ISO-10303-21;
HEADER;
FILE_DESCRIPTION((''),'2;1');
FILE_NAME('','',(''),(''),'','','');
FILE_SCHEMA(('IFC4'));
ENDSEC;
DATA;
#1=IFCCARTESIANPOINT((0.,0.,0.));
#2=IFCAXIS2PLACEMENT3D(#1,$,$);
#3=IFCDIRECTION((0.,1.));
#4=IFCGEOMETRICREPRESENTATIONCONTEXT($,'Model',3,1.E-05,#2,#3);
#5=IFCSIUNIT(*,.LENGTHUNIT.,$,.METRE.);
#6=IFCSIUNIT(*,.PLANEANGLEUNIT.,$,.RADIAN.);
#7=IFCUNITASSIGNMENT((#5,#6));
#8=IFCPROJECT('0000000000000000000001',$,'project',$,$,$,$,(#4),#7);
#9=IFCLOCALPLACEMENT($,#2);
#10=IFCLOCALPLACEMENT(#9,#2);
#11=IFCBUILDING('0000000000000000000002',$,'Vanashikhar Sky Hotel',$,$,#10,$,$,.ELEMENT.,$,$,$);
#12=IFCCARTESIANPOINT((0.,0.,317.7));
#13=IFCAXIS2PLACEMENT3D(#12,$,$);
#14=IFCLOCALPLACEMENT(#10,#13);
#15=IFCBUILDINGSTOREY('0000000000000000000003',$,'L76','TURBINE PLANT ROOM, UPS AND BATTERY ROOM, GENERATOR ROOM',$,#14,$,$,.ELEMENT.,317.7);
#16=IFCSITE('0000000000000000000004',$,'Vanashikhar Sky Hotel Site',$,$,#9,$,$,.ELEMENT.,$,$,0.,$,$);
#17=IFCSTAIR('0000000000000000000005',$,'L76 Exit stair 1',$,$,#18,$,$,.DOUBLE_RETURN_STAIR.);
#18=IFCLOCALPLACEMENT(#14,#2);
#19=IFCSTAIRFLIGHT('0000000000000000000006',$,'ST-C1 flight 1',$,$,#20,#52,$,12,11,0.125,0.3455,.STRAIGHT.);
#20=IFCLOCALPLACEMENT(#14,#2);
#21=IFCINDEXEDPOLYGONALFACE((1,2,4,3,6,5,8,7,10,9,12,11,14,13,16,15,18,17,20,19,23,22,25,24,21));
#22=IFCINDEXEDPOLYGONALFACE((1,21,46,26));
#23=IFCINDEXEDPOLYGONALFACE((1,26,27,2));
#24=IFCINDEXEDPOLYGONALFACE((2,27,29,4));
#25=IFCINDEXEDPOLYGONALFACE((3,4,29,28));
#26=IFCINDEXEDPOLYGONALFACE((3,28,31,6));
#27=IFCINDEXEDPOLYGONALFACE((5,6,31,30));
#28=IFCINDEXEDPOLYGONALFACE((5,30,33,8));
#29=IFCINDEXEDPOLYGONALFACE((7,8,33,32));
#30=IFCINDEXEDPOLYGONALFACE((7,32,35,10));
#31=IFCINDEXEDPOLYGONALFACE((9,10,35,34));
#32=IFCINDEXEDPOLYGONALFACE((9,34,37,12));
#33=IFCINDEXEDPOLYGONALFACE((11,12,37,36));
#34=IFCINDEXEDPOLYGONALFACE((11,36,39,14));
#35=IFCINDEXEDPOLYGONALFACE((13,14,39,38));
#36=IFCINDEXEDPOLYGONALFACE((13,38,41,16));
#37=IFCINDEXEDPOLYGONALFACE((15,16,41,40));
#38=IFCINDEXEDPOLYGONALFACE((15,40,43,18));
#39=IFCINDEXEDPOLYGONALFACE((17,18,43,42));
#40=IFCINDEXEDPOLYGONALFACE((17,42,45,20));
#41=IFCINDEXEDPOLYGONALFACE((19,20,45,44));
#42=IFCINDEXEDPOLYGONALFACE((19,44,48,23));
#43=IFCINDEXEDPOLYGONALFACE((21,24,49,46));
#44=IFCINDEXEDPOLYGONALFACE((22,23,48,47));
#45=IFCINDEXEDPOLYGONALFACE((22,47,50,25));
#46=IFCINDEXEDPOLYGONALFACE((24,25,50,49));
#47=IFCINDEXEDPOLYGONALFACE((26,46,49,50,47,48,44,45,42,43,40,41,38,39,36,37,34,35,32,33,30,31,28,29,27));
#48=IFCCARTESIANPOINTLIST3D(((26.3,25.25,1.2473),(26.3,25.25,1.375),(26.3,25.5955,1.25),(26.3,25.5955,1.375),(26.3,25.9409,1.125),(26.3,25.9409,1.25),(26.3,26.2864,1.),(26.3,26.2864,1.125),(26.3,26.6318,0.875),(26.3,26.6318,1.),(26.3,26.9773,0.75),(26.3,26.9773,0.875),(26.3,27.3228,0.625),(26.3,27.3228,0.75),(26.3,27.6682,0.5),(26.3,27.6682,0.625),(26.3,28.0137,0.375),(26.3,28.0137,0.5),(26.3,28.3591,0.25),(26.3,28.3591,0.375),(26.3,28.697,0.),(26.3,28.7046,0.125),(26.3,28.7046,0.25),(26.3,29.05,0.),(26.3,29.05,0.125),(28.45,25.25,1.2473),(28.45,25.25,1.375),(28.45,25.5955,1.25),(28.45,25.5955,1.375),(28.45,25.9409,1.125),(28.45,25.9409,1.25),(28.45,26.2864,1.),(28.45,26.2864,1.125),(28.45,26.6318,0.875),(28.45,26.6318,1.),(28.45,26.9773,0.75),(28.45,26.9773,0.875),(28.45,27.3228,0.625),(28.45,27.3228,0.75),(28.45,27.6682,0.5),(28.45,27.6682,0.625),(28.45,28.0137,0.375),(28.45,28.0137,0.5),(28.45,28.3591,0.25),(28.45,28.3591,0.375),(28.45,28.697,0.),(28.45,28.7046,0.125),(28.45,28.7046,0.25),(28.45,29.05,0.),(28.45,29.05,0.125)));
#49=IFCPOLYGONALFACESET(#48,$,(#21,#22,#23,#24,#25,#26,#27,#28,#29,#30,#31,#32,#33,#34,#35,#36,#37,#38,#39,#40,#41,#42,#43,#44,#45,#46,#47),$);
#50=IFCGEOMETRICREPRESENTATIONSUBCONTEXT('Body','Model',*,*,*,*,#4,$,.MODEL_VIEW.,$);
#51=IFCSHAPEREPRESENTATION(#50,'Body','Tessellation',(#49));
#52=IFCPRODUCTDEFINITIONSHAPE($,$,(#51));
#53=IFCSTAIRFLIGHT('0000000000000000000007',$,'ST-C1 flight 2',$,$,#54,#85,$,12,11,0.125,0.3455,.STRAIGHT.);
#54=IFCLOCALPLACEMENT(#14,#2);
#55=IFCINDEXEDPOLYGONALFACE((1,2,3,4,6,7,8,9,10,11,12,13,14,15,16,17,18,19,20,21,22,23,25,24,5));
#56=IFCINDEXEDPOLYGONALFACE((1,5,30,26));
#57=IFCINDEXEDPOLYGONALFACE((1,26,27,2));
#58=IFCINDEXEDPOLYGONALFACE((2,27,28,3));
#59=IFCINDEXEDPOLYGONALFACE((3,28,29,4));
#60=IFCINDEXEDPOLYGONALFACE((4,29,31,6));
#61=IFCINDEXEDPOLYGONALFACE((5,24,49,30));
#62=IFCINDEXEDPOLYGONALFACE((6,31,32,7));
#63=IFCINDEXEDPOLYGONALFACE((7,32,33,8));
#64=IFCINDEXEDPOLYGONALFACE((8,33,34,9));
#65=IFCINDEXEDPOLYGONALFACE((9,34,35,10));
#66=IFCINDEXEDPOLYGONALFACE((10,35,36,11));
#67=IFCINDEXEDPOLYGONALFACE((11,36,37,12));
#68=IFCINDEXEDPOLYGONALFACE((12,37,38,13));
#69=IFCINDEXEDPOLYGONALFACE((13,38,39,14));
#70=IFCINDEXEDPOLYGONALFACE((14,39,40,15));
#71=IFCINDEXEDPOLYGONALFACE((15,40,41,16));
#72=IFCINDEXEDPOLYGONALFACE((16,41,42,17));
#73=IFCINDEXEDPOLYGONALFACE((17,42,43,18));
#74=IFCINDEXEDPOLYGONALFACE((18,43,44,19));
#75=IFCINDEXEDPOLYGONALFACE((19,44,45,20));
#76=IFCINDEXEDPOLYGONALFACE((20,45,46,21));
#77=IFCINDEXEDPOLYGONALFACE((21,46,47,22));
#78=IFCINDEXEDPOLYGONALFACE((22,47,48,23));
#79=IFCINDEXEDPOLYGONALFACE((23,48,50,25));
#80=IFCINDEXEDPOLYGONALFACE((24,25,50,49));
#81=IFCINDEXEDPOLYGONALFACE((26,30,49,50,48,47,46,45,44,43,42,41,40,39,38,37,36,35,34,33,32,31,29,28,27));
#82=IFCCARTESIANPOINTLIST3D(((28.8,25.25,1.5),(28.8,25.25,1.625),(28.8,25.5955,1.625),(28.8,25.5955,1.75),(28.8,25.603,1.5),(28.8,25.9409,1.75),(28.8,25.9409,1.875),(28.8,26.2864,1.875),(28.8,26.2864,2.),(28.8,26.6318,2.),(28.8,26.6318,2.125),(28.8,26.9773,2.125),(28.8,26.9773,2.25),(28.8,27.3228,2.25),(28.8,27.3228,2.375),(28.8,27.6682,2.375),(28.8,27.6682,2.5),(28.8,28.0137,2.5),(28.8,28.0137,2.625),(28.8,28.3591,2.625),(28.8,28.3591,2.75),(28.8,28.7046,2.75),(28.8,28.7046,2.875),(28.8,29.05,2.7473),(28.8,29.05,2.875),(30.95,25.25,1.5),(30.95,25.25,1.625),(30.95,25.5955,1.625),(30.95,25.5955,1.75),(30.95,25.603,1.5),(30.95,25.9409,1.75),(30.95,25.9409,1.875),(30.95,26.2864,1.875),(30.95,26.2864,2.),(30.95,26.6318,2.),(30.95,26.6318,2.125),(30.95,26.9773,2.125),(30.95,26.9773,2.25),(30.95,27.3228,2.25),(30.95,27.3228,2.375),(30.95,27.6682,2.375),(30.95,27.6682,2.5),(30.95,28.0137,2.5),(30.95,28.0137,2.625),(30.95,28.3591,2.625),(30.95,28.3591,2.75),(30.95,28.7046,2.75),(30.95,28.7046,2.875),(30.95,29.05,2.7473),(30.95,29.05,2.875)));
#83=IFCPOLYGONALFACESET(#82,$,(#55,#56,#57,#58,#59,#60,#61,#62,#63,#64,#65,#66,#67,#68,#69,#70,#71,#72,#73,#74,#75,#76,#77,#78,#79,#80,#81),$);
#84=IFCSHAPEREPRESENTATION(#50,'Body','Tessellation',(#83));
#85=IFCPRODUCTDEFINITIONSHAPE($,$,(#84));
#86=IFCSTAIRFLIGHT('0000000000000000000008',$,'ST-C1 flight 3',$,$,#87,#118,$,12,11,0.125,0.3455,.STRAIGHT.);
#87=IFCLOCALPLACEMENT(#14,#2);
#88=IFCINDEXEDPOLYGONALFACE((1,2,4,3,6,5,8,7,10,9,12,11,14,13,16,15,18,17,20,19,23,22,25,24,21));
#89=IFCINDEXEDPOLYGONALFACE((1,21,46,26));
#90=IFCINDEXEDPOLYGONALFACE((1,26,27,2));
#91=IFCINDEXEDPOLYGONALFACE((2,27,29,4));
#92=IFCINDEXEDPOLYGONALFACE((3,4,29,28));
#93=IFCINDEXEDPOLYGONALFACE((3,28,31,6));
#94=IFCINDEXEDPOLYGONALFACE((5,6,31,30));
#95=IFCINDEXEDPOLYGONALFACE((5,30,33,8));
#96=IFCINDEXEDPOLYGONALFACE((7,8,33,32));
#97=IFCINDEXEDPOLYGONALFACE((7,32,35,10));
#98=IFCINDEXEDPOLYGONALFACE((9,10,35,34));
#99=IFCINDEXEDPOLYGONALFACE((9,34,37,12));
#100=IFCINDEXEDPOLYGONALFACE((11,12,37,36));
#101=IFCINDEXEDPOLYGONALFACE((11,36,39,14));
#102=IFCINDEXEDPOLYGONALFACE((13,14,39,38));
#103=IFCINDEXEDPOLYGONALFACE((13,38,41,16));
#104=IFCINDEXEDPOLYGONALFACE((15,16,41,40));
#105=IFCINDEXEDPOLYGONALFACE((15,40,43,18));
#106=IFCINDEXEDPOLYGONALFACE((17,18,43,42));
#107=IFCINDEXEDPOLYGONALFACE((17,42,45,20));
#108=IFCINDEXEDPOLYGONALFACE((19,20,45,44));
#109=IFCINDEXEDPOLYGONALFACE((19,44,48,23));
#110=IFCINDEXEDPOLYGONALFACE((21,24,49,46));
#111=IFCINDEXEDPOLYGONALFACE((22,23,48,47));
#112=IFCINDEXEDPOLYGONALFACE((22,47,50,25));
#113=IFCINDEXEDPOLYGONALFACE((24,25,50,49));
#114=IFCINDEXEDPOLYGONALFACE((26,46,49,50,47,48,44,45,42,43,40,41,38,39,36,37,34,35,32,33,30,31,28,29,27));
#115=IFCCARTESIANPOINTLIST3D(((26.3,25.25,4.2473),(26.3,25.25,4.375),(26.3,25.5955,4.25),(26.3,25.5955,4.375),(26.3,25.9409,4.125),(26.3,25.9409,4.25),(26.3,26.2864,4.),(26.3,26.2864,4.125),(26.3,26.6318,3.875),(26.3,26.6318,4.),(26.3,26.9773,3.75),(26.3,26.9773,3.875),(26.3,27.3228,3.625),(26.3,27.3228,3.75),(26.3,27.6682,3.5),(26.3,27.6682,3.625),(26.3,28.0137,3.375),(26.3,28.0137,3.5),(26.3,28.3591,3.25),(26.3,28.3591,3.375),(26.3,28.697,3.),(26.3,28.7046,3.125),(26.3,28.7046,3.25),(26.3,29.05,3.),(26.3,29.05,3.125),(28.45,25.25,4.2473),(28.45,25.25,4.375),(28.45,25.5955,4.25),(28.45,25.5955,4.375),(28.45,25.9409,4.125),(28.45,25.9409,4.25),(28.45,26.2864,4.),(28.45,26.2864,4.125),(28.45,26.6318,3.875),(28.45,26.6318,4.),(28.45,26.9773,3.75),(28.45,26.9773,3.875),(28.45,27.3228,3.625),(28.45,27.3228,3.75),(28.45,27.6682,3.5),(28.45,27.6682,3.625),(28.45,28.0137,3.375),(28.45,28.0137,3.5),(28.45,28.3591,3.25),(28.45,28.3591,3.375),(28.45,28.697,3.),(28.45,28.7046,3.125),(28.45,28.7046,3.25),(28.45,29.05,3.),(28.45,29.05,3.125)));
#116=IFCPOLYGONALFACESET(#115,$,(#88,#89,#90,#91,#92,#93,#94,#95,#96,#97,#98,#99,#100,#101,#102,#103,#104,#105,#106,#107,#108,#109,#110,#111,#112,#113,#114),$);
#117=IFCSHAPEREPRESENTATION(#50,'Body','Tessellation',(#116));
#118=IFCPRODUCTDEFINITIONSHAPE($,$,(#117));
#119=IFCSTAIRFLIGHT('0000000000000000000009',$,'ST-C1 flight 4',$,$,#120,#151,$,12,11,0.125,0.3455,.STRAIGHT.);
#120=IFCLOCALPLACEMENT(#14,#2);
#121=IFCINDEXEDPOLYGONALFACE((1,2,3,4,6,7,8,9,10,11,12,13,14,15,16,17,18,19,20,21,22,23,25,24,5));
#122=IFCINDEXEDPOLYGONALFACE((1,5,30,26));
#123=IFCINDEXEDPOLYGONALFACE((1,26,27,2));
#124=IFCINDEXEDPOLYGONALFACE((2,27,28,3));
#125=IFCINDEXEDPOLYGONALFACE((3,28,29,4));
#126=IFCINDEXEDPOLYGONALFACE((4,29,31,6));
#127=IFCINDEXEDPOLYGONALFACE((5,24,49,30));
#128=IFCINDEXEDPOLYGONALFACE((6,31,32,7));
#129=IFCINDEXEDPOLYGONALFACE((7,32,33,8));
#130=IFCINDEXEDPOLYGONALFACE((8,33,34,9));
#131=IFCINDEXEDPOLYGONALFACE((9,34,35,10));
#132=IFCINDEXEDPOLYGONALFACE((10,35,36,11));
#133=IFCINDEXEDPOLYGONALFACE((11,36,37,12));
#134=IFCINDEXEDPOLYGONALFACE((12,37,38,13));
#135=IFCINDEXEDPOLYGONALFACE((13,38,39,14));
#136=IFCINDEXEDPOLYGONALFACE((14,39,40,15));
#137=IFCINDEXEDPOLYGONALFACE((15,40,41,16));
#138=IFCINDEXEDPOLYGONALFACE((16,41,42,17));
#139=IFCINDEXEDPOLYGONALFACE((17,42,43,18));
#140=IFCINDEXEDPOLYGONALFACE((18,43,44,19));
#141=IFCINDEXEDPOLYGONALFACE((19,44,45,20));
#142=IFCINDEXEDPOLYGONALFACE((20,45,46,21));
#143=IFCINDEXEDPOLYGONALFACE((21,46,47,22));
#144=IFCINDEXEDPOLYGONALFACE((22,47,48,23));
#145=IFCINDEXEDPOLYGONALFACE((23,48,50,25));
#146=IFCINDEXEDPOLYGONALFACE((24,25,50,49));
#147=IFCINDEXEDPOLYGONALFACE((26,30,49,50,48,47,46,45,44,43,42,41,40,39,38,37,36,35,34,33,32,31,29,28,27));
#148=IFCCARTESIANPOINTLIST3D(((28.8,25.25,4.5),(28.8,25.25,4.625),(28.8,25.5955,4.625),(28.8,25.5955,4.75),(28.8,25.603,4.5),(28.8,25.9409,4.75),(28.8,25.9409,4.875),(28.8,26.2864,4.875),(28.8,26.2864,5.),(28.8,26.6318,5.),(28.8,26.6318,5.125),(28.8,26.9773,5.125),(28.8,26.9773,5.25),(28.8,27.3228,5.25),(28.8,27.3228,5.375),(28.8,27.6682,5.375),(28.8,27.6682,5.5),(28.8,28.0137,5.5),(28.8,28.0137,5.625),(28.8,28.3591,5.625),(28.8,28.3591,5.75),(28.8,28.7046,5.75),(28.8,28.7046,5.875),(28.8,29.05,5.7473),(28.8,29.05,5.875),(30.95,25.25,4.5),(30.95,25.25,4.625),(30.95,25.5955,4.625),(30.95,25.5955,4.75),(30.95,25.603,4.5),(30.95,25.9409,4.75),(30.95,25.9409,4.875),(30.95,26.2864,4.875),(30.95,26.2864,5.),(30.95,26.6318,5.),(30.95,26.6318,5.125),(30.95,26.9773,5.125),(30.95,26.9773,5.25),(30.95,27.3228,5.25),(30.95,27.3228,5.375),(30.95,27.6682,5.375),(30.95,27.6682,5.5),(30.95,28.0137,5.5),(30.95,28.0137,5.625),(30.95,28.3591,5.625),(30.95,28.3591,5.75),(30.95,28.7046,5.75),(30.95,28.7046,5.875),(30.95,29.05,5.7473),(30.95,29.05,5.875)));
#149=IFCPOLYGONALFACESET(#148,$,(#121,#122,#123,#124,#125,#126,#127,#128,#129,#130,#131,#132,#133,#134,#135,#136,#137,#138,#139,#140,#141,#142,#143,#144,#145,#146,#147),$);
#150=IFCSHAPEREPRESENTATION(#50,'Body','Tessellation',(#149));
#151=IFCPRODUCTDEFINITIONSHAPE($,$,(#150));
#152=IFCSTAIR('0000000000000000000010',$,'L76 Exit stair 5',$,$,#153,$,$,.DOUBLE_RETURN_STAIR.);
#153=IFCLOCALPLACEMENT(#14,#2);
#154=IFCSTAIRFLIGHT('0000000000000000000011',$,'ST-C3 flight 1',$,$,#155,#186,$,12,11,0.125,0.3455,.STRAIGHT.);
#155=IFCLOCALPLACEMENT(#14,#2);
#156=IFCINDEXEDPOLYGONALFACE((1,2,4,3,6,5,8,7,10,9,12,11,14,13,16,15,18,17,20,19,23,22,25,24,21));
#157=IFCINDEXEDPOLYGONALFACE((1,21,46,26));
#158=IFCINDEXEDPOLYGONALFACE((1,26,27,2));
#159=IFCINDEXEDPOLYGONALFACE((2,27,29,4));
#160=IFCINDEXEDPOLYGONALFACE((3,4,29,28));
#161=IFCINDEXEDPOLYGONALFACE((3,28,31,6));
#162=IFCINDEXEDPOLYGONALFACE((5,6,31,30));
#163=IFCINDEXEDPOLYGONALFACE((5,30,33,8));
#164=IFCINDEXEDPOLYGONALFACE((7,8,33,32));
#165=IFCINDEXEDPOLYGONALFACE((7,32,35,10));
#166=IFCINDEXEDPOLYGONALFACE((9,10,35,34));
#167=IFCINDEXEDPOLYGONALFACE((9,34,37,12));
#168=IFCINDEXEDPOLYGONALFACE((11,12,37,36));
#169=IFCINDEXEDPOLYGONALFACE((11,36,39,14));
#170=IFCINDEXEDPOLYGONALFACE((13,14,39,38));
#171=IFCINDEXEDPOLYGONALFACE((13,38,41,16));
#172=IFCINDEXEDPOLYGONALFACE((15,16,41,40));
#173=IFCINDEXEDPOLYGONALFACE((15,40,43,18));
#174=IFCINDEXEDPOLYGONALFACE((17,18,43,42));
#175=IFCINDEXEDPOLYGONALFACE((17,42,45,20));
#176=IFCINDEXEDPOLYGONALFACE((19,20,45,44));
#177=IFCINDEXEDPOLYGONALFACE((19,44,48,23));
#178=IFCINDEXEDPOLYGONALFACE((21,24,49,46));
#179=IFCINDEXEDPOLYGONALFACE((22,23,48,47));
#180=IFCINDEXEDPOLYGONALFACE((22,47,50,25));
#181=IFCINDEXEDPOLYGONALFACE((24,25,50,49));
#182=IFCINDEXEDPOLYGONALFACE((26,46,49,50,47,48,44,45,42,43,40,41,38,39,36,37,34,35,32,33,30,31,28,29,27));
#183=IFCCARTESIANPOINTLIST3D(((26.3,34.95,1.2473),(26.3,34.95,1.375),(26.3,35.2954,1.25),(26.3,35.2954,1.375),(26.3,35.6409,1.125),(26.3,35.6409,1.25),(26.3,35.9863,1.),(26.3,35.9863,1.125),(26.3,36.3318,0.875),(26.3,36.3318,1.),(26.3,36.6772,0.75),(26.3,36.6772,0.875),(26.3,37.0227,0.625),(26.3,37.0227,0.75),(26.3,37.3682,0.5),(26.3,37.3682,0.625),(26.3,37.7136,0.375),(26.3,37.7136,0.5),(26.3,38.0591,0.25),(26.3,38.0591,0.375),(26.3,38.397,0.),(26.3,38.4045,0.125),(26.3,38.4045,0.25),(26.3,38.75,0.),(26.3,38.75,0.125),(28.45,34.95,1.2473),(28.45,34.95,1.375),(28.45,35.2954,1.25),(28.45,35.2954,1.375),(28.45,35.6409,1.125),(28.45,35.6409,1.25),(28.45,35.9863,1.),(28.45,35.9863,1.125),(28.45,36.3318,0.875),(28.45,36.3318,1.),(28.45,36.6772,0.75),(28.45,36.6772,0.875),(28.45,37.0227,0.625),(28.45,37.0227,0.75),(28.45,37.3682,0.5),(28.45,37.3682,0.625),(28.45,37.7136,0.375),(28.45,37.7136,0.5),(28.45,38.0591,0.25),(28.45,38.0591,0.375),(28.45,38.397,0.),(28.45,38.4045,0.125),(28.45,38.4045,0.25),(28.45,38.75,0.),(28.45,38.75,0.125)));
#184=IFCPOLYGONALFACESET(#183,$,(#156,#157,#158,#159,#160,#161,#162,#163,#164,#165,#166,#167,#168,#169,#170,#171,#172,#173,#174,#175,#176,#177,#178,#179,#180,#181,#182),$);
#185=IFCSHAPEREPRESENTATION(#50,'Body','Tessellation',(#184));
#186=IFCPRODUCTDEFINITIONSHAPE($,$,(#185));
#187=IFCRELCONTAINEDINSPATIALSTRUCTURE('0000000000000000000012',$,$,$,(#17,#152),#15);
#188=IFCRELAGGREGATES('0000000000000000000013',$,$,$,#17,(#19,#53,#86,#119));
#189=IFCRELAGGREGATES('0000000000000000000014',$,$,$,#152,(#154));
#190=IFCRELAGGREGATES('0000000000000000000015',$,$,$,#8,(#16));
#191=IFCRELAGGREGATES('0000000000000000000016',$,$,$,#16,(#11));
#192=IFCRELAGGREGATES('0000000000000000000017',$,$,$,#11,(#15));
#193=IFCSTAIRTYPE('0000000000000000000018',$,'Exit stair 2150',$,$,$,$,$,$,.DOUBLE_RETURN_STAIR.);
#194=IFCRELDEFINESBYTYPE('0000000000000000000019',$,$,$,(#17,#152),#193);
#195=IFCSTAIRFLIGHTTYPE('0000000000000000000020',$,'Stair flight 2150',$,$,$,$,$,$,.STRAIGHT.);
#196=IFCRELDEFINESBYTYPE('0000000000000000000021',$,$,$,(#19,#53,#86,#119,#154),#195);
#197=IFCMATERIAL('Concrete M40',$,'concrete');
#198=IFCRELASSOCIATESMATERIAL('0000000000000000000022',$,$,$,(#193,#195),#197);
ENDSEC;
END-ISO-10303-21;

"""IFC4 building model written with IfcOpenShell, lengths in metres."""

from ifc_helpers import new_model, si_unit, direction, frame, origin, place, context, subcontext, project, spatial, polyline, outline, extrude, source, transform, mapped, material, type_object, element, aggregate, save


model = new_model("IFC4")

# Units and contexts
model_context = context("Model", 3, precision=1e-05, world=origin(), true_north=direction((0.0, 1.0)))
body_context = subcontext(model_context, "Body", "Model", "MODEL_VIEW")
ifc_project = project(units=[si_unit("LENGTHUNIT", "METRE"), si_unit("PLANEANGLEUNIT", "RADIAN")], contexts=[model_context])

# Site, building, storey
site_placement = place(None, origin())
site = spatial("IfcSite", under=ifc_project, at=site_placement, Name="Vanashikhar Sky Hotel Site", CompositionType="ELEMENT", RefElevation=0.0)
building_placement = place(site_placement, origin())
building = spatial("IfcBuilding", under=site, at=building_placement, Name="Vanashikhar Sky Hotel", CompositionType="ELEMENT")
storey_placement = place(building_placement, frame((0.0, 0.0, 317.7)))
storey = spatial("IfcBuildingStorey", under=building, at=storey_placement, Name="L76", Description="TURBINE PLANT ROOM, UPS AND BATTERY ROOM, GENERATOR ROOM", CompositionType="ELEMENT", Elevation=317.7)

# Stairs, stair flights
ifc_material_1 = material(Name="Concrete M40", Category="concrete")
stair_type = type_object("IfcStairType", Name="Exit stair 2150", PredefinedType="DOUBLE_RETURN_STAIR", material=ifc_material_1)
stair_1_placement = place(storey_placement, origin())
stair_1 = element("IfcStair", 1, at=stair_1_placement, inside=storey, type_object=stair_type, Name="L76 Exit stair 1", PredefinedType="DOUBLE_RETURN_STAIR")
stair_flight_type = type_object("IfcStairFlightType", Name="Stair flight 2150", PredefinedType="STRAIGHT", material=ifc_material_1)
shared_shape_1 = source(origin(), body_context, "Body", "SweptSolid", [
    extrude(outline(polyline([(0.0, 0.0), (0.0, 0.125), (0.3455, 0.125), (0.3455, 0.25), (0.6909, 0.25), (0.6909, 0.375), (1.0364, 0.375), (1.0364, 0.5), (1.3818, 0.5), (1.3818, 0.625), (1.7273, 0.625), (1.7273, 0.75), (2.0728, 0.75), (2.0728, 0.875), (2.4182, 0.875), (2.4182, 1.0), (2.7637, 1.0), (2.7637, 1.125), (3.1091, 1.125), (3.1091, 1.25), (3.4546, 1.25), (3.4546, 1.375), (3.8, 1.375), (3.8, 1.5), (3.8, 1.2473), (0.353, 0.0), (0.0, 0.0)])), frame((0.0, 1.075, 0.0), z_axis=(0.0, -1.0, 0.0), x_axis=(1.0, 0.0, 0.0)), (0.0, 0.0, 1.0), 2.1499),
])
stair_flight_1_placement = place(storey_placement, frame((27.375, 29.05, 0.0), z_axis=(0.0, 0.0, 1.0), x_axis=(0.0, -1.0, 0.0)))
stair_flight_1 = element("IfcStairFlight", 2, at=stair_flight_1_placement, type_object=stair_flight_type, Name="ST-C1 flight 1", NumberOfRisers=12, NumberOfTreads=11, PredefinedType="STRAIGHT", RiserHeight=0.125, TreadLength=0.3455, context=body_context, shape_type="MappedRepresentation", body=[
    mapped(shared_shape_1, transform((0.0, 0.0, 0.0), scale=1.0)),
])
stair_flight_2_placement = place(storey_placement, frame((29.875, 25.25, 1.5), z_axis=(0.0, 0.0, 1.0), x_axis=(0.0, 1.0, 0.0)))
stair_flight_2 = element("IfcStairFlight", 3, at=stair_flight_2_placement, type_object=stair_flight_type, Name="ST-C1 flight 2", NumberOfRisers=12, NumberOfTreads=11, PredefinedType="STRAIGHT", RiserHeight=0.125, TreadLength=0.3455, context=body_context, shape_type="MappedRepresentation", body=[
    mapped(shared_shape_1, transform((0.0, 0.0, 0.0), scale=1.0)),
])
stair_flight_3_placement = place(storey_placement, frame((27.375, 29.05, 3.0), z_axis=(0.0, 0.0, 1.0), x_axis=(0.0, -1.0, 0.0)))
stair_flight_3 = element("IfcStairFlight", 4, at=stair_flight_3_placement, type_object=stair_flight_type, Name="ST-C1 flight 3", NumberOfRisers=12, NumberOfTreads=11, PredefinedType="STRAIGHT", RiserHeight=0.125, TreadLength=0.3455, context=body_context, shape_type="MappedRepresentation", body=[
    mapped(shared_shape_1, transform((0.0, 0.0, 0.0), scale=1.0)),
])
stair_flight_4_placement = place(storey_placement, frame((29.875, 25.25, 4.5), z_axis=(0.0, 0.0, 1.0), x_axis=(0.0, 1.0, 0.0)))
stair_flight_4 = element("IfcStairFlight", 5, at=stair_flight_4_placement, type_object=stair_flight_type, Name="ST-C1 flight 4", NumberOfRisers=12, NumberOfTreads=11, PredefinedType="STRAIGHT", RiserHeight=0.125, TreadLength=0.3455, context=body_context, shape_type="MappedRepresentation", body=[
    mapped(shared_shape_1, transform((0.0, 0.0, 0.0), scale=1.0)),
])
aggregate(stair_1, [stair_flight_1, stair_flight_2, stair_flight_3, stair_flight_4])
stair_2_placement = place(storey_placement, origin())
stair_2 = element("IfcStair", 6, at=stair_2_placement, inside=storey, type_object=stair_type, Name="L76 Exit stair 5", PredefinedType="DOUBLE_RETURN_STAIR")
stair_flight_5_placement = place(storey_placement, frame((27.375, 38.75, 0.0), z_axis=(0.0, 0.0, 1.0), x_axis=(0.0, -1.0, 0.0)))
stair_flight_5 = element("IfcStairFlight", 7, at=stair_flight_5_placement, type_object=stair_flight_type, Name="ST-C3 flight 1", NumberOfRisers=12, NumberOfTreads=11, PredefinedType="STRAIGHT", RiserHeight=0.125, TreadLength=0.3455, context=body_context, shape_type="MappedRepresentation", body=[
    mapped(shared_shape_1, transform((0.0, 0.0, 0.0), scale=1.0)),
])
aggregate(stair_2, [stair_flight_5])

save(model, "model.ifc")
